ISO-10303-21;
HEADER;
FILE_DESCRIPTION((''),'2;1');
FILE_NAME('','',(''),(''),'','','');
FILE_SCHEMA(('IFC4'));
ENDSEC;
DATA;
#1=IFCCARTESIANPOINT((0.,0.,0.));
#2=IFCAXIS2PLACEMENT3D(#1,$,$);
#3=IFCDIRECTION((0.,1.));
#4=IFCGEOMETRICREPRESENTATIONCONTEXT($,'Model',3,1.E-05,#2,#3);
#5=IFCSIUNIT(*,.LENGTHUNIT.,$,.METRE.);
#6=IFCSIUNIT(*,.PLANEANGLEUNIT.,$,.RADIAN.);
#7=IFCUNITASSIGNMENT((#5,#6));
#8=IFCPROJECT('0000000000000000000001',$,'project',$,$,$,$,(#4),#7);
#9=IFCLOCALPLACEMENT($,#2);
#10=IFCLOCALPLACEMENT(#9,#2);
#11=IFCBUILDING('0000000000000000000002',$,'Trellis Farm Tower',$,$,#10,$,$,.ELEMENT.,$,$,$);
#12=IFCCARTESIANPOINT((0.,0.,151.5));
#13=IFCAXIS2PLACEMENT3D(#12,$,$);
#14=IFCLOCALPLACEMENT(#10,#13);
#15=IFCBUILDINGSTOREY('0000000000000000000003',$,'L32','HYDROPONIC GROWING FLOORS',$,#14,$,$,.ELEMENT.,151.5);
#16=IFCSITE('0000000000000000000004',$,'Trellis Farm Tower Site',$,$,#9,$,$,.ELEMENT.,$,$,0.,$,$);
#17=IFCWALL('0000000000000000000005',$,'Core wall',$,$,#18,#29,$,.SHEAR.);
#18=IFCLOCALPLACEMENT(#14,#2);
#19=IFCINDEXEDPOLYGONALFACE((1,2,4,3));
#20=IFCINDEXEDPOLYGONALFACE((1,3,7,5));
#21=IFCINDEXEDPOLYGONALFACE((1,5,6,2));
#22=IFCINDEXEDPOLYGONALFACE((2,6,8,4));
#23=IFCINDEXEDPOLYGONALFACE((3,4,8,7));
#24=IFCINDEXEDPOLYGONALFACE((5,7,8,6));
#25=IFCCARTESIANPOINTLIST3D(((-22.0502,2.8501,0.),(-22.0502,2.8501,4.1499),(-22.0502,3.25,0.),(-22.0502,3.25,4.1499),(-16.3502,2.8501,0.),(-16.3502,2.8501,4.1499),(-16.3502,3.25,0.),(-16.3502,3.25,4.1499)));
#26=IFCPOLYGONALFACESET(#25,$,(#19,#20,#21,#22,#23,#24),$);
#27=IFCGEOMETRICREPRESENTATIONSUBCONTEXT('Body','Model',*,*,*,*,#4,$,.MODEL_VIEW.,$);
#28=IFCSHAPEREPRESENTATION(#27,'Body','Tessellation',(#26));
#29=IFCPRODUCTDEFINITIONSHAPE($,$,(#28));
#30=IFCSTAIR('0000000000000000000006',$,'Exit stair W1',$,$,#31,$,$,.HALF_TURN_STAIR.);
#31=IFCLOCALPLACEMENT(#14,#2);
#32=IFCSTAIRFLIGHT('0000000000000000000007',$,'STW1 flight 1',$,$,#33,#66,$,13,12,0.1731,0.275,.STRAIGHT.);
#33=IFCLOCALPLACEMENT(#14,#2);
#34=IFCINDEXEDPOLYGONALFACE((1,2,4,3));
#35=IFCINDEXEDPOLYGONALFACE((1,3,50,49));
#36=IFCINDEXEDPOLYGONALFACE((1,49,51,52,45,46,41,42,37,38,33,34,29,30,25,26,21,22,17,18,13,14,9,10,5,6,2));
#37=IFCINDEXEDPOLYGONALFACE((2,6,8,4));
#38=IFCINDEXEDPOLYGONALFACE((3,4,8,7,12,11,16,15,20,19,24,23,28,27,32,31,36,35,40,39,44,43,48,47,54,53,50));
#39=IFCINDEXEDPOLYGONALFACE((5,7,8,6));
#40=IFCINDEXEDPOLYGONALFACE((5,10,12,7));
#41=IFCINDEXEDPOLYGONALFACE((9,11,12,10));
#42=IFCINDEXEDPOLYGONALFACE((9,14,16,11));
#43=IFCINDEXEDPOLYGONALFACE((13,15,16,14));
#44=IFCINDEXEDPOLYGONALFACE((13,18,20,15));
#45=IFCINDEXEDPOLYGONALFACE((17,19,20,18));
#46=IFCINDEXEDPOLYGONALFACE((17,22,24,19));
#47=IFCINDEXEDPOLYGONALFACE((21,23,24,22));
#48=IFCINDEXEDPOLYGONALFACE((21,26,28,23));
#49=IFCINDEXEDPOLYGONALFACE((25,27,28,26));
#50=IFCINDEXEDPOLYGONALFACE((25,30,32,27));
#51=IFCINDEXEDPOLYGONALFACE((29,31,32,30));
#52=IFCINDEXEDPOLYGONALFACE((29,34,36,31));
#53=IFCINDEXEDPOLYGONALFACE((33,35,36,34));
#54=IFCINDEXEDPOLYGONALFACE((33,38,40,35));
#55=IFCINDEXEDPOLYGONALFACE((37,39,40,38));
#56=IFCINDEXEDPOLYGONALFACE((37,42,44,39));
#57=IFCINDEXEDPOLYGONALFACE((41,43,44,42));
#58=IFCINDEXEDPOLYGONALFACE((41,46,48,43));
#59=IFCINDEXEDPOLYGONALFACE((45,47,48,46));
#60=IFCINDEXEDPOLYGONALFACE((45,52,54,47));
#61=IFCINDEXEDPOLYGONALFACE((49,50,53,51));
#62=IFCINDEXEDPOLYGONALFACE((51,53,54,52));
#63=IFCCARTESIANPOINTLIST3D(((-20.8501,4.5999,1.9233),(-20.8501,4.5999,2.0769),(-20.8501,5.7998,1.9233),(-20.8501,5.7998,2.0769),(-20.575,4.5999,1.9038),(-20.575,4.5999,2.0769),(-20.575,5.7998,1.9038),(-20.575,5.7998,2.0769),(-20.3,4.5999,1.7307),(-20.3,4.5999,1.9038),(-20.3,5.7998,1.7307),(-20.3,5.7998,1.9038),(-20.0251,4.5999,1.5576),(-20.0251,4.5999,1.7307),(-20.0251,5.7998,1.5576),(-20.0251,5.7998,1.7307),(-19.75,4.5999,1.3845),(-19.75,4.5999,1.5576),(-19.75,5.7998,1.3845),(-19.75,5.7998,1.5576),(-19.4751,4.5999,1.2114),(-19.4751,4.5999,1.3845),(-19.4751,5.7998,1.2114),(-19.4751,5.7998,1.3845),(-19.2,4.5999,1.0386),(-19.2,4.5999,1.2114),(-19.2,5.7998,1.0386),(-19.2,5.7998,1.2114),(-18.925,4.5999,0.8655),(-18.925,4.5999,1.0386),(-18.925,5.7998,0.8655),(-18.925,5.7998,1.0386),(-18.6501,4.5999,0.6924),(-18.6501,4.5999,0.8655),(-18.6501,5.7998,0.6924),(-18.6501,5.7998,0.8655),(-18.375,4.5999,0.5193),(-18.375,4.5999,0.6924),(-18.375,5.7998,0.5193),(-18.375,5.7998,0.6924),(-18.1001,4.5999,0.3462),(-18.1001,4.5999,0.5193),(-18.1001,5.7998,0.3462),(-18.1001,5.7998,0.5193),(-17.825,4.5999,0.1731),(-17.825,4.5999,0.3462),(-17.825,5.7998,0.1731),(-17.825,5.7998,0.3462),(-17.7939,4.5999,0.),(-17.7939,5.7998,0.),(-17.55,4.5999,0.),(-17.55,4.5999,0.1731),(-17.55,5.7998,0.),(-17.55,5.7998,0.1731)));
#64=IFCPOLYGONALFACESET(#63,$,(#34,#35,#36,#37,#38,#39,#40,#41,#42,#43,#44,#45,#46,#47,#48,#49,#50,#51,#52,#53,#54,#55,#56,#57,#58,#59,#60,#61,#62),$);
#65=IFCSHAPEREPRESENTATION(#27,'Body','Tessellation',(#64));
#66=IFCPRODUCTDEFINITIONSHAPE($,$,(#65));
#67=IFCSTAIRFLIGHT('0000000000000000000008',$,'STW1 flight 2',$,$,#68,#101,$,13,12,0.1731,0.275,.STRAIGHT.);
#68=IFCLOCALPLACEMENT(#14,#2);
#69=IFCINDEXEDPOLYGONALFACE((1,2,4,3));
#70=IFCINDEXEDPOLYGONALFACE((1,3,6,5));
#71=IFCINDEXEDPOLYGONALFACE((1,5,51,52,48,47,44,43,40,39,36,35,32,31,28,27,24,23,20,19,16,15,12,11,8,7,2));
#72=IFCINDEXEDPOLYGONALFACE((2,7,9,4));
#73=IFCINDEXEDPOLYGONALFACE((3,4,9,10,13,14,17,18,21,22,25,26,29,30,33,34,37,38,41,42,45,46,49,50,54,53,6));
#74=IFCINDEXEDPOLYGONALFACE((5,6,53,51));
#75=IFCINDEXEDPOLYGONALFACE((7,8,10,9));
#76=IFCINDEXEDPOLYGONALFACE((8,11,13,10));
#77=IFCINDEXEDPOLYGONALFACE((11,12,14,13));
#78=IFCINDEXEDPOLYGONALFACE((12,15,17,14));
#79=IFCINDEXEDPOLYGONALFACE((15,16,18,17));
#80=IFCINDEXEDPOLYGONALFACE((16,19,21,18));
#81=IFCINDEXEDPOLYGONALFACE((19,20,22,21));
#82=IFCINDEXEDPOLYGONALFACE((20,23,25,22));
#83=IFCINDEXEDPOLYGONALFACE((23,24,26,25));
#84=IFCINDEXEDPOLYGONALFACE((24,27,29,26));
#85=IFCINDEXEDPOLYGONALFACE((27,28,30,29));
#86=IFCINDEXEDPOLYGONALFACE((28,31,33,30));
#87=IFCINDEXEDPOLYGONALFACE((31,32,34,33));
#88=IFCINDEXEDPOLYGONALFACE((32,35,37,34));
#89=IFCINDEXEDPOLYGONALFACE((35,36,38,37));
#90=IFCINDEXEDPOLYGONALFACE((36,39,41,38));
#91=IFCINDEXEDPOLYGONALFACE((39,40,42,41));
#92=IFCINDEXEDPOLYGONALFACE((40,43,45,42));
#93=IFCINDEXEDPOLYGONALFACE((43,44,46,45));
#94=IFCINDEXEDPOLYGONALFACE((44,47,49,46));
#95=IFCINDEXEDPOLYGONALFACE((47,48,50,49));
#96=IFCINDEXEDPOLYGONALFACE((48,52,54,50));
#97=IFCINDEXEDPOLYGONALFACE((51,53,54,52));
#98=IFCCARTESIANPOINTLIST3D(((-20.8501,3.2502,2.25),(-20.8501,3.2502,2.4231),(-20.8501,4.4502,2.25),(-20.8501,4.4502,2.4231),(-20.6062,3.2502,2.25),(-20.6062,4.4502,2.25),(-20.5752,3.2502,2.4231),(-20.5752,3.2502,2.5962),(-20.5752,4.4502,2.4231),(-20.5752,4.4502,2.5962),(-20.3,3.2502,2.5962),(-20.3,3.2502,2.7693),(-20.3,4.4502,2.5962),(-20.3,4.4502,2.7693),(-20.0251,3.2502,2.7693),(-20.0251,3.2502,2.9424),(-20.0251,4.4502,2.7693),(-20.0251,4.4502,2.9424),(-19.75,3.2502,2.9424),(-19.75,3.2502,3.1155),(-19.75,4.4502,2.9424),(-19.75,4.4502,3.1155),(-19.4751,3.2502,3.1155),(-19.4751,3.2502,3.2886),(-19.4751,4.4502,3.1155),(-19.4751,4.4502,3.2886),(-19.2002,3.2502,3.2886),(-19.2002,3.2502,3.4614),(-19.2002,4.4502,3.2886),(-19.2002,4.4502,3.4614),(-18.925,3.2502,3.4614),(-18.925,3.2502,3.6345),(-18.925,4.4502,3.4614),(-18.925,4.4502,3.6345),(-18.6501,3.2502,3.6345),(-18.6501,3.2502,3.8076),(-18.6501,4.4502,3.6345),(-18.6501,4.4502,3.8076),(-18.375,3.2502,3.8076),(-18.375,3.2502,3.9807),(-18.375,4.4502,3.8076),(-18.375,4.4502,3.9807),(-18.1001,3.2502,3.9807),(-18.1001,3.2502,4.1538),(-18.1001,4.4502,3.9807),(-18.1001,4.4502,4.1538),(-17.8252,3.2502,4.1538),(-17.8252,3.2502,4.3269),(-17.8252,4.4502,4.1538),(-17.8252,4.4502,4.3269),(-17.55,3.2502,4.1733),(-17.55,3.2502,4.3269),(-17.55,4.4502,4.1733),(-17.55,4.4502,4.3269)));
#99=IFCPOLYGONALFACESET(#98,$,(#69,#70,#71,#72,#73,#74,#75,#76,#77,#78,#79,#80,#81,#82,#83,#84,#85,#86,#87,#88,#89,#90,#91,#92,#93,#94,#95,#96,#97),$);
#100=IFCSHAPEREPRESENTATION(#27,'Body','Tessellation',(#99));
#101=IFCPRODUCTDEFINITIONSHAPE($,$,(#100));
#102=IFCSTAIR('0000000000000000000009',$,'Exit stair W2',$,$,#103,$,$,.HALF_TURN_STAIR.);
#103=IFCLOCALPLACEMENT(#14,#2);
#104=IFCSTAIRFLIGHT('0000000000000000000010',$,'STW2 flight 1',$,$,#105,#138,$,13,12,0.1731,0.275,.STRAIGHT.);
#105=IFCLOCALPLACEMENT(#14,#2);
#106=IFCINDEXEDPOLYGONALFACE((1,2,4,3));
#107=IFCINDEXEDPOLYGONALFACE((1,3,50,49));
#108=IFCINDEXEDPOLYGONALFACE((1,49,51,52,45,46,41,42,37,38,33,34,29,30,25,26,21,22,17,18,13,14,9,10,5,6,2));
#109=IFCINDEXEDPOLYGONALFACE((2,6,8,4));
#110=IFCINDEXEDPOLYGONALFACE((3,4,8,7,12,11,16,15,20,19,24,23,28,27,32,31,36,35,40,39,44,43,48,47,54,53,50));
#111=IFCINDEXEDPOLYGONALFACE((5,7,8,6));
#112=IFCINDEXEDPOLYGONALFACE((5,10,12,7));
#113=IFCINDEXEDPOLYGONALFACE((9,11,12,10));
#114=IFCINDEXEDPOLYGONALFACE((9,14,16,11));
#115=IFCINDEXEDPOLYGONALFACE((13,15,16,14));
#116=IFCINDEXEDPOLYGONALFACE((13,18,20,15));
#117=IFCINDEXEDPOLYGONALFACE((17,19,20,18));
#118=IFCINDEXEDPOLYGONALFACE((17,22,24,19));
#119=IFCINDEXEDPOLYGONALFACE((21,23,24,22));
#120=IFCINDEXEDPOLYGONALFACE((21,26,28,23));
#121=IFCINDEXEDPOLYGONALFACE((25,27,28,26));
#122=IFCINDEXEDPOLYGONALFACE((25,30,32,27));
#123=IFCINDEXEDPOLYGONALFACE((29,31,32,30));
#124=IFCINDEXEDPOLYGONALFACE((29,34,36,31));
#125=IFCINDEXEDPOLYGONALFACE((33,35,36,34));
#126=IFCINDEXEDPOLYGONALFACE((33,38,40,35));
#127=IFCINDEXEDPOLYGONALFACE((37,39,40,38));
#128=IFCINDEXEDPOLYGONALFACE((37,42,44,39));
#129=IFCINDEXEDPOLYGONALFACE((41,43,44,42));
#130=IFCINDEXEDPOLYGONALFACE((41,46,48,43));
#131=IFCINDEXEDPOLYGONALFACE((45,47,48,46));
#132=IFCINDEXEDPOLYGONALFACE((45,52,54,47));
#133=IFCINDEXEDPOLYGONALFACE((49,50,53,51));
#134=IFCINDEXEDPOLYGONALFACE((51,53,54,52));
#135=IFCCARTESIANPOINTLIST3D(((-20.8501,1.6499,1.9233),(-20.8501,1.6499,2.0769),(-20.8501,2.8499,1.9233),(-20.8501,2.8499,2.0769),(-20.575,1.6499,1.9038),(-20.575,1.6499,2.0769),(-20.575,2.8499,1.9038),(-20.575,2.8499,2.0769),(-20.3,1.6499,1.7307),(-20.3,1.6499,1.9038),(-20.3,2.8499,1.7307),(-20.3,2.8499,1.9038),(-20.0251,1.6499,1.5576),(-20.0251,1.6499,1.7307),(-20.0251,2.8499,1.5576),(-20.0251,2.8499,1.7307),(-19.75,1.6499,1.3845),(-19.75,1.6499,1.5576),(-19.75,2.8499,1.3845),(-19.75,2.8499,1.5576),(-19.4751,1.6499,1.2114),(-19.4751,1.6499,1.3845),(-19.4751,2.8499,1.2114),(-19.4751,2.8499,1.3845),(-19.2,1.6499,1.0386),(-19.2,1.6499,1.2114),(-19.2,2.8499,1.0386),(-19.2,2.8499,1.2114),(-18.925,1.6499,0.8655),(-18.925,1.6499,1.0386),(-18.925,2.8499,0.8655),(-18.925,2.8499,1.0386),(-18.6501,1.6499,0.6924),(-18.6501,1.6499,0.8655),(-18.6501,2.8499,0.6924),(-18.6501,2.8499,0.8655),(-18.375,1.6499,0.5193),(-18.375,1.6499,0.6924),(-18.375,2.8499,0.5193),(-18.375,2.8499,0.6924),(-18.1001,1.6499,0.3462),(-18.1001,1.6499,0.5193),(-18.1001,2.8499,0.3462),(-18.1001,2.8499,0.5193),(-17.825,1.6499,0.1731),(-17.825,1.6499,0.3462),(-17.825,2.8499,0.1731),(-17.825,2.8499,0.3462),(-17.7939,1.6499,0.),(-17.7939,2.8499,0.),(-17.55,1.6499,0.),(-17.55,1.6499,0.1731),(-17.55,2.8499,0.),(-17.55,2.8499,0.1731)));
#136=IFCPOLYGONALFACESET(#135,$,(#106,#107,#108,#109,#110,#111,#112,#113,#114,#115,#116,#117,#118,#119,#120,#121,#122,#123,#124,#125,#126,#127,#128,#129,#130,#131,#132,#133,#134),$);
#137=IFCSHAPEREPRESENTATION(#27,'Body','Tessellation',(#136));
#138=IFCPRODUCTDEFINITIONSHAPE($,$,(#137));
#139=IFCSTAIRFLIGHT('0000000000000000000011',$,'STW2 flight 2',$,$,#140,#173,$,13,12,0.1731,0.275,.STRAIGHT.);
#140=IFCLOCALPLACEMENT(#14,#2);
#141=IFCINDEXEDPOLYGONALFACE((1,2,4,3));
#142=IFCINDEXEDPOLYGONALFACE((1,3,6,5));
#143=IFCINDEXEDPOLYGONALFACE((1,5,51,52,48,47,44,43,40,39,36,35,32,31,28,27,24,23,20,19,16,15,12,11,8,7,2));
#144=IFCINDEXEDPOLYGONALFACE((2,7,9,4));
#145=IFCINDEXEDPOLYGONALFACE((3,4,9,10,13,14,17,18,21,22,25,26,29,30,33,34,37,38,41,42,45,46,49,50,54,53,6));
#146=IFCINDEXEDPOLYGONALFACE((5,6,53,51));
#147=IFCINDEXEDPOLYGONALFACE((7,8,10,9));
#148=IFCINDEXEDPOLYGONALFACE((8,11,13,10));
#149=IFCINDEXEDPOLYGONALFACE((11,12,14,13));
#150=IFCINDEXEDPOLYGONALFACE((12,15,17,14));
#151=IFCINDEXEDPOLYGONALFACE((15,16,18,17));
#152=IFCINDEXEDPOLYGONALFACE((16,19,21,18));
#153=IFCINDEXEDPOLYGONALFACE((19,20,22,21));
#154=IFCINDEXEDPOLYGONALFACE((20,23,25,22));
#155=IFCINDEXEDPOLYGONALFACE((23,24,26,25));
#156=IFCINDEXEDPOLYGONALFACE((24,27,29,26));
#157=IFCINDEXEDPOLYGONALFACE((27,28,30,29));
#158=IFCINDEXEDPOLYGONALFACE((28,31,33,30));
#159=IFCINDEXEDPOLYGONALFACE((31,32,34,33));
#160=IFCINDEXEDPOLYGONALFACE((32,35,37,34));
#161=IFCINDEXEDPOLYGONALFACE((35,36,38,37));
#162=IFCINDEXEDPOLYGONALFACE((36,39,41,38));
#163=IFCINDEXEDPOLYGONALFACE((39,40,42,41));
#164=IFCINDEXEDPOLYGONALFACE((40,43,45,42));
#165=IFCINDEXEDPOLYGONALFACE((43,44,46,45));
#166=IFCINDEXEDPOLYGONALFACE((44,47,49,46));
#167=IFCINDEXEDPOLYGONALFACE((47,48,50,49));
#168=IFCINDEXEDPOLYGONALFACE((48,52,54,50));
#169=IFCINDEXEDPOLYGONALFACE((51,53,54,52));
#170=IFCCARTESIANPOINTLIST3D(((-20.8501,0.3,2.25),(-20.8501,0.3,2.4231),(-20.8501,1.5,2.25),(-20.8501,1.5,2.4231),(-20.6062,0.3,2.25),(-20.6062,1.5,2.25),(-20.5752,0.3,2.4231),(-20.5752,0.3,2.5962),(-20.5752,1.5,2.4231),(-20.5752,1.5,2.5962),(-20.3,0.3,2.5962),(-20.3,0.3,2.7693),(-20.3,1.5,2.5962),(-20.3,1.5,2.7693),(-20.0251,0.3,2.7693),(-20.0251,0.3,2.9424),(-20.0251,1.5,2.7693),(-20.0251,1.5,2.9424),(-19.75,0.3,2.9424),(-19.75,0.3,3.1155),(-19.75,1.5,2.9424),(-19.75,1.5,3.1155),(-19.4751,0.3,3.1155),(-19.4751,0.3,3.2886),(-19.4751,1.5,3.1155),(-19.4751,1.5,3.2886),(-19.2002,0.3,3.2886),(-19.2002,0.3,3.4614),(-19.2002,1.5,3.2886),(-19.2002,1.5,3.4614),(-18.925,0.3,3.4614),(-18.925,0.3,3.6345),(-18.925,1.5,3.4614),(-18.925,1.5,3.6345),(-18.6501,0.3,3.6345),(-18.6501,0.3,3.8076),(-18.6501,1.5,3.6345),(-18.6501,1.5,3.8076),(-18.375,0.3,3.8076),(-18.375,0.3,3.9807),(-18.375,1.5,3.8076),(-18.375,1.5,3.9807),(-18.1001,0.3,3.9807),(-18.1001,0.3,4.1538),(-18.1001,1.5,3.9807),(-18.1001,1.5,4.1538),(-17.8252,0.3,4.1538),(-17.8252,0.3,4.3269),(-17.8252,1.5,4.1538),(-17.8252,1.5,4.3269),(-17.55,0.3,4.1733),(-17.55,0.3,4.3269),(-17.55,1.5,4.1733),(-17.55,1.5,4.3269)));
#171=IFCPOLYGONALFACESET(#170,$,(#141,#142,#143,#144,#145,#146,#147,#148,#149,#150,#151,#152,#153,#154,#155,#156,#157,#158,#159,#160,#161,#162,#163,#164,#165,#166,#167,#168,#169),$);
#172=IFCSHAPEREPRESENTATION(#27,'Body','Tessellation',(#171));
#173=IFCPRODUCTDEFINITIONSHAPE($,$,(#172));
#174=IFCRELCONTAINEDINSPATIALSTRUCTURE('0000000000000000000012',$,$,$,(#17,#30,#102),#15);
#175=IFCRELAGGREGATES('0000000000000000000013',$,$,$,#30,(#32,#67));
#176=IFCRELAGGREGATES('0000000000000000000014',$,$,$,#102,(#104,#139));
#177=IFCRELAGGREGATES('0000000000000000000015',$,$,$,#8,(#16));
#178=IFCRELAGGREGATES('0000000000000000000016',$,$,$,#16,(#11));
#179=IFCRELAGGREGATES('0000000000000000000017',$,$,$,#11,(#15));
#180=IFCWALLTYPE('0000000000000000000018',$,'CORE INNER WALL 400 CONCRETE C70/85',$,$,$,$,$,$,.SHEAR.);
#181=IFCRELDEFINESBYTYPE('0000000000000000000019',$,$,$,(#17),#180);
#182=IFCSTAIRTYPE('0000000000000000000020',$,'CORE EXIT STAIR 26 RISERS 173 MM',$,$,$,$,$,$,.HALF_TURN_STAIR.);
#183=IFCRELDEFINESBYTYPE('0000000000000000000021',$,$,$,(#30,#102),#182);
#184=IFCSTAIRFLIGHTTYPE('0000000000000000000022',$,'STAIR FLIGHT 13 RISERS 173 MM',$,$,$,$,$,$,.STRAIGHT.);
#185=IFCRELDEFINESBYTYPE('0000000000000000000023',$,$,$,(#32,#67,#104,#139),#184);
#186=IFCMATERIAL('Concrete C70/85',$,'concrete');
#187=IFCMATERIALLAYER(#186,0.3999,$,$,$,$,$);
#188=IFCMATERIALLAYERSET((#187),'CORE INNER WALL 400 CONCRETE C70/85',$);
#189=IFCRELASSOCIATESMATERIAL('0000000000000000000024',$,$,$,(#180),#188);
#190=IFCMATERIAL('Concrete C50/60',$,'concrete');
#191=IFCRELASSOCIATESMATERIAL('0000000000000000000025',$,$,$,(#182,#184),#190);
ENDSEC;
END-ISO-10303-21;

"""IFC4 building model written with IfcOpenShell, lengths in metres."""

from ifc_helpers import new_model, si_unit, direction, frame, frame_2d, origin, place, context, subcontext, project, spatial, polyline, rectangle, outline, extrude, source, transform, mapped, material, layer, layer_set, type_object, element, aggregate, save


model = new_model("IFC4")

# Units and contexts
model_context = context("Model", 3, precision=1e-05, world=origin(), true_north=direction((0.0, 1.0)))
body_context = subcontext(model_context, "Body", "Model", "MODEL_VIEW")
ifc_project = project(units=[si_unit("LENGTHUNIT", "METRE"), si_unit("PLANEANGLEUNIT", "RADIAN")], contexts=[model_context])

# Site, building, storey
site_placement = place(None, origin())
site = spatial("IfcSite", under=ifc_project, at=site_placement, Name="Trellis Farm Tower Site", CompositionType="ELEMENT", RefElevation=0.0)
building_placement = place(site_placement, origin())
building = spatial("IfcBuilding", under=site, at=building_placement, Name="Trellis Farm Tower", CompositionType="ELEMENT")
storey_placement = place(building_placement, frame((0.0, 0.0, 151.5)))
storey = spatial("IfcBuildingStorey", under=building, at=storey_placement, Name="L32", Description="HYDROPONIC GROWING FLOORS", CompositionType="ELEMENT", Elevation=151.5)

# Shared definitions
placement = place(storey_placement, origin())

# Shared definitions
ifc_material_1 = material(Name="Concrete C70/85", Category="concrete")
ifc_layer_1 = layer(ifc_material_1, 0.3999)
ifc_layer_set_1 = layer_set([ifc_layer_1], Name="CORE INNER WALL 400 CONCRETE C70/85")
wall_type_1 = type_object("IfcWallType", Name="CORE INNER WALL 400 CONCRETE C70/85", PredefinedType="SHEAR", material=ifc_layer_set_1)

# Wall
shared_shape_1 = source(origin(), body_context, "Body", "SweptSolid", [
    extrude(rectangle(XDim=5.7, YDim=0.3999, at=frame_2d((2.8501, 0.0))), origin(), (0.0, 0.0, 1.0), 4.1499),
])
wall_1_placement = place(storey_placement, frame((-16.3501, 3.05, 0.0), z_axis=(0.0, 0.0, 1.0), x_axis=(-1.0, 0.0, 0.0)))
element("IfcWall", 1, at=wall_1_placement, inside=storey, type_object=wall_type_1, Name="Core wall", PredefinedType="SHEAR", context=body_context, shape_type="MappedRepresentation", body=[
    mapped(shared_shape_1, transform((0.0, 0.0, 0.0))),
])

# Stairs, stair flights
ifc_material_2 = material(Name="Concrete C50/60", Category="concrete")
stair_type = type_object("IfcStairType", Name="CORE EXIT STAIR 26 RISERS 173 MM", PredefinedType="HALF_TURN_STAIR", material=ifc_material_2)
stair_1 = element("IfcStair", 2, at=placement, inside=storey, type_object=stair_type, Name="Exit stair W1", PredefinedType="HALF_TURN_STAIR")
stair_flight_type = type_object("IfcStairFlightType", Name="STAIR FLIGHT 13 RISERS 173 MM", PredefinedType="STRAIGHT", material=ifc_material_2)
shared_shape_2 = source(origin(), body_context, "Body", "SweptSolid", [
    extrude(outline(polyline([(0.0, 0.0), (0.0, 0.1731), (0.2749, 0.1731), (0.2749, 0.3462), (0.55, 0.3462), (0.55, 0.5193), (0.825, 0.5193), (0.825, 0.6924), (1.1001, 0.6924), (1.1001, 0.8655), (1.375, 0.8655), (1.375, 1.0386), (1.6499, 1.0386), (1.6499, 1.2114), (1.925, 1.2114), (1.925, 1.3845), (2.2, 1.3845), (2.2, 1.5576), (2.4751, 1.5576), (2.4751, 1.7307), (2.75, 1.7307), (2.75, 1.9038), (3.0249, 1.9038), (3.0249, 2.0769), (3.3, 2.0769), (3.3, 2.25), (3.3, 1.9233), (0.2439, 0.0), (0.0, 0.0)])), frame((0.0, 0.6001, 0.0), z_axis=(0.0, -1.0, 0.0), x_axis=(1.0, 0.0, 0.0)), (0.0, 0.0, 1.0), 1.2),
])
stair_flight_1_placement = place(storey_placement, frame((-17.55, 5.2, 0.0), z_axis=(0.0, 0.0, 1.0), x_axis=(-1.0, 0.0, 0.0)))
stair_flight_1 = element("IfcStairFlight", 3, at=stair_flight_1_placement, type_object=stair_flight_type, Name="STW1 flight 1", NumberOfRisers=13, NumberOfTreads=12, PredefinedType="STRAIGHT", RiserHeight=0.1731, TreadLength=0.275, context=body_context, shape_type="MappedRepresentation", body=[
    mapped(shared_shape_2, transform((0.0, 0.0, 0.0))),
])
stair_flight_2_placement = place(storey_placement, frame((-20.8501, 3.8501, 2.25), z_axis=(0.0, 0.0, 1.0), x_axis=(1.0, 0.0, 0.0)))
stair_flight_2 = element("IfcStairFlight", 4, at=stair_flight_2_placement, type_object=stair_flight_type, Name="STW1 flight 2", NumberOfRisers=13, NumberOfTreads=12, PredefinedType="STRAIGHT", RiserHeight=0.1731, TreadLength=0.275, context=body_context, shape_type="MappedRepresentation", body=[
    mapped(shared_shape_2, transform((0.0, 0.0, 0.0))),
])
aggregate(stair_1, [stair_flight_1, stair_flight_2])
stair_2 = element("IfcStair", 5, at=placement, inside=storey, type_object=stair_type, Name="Exit stair W2", PredefinedType="HALF_TURN_STAIR")
stair_flight_3_placement = place(storey_placement, frame((-17.55, 2.25, 0.0), z_axis=(0.0, 0.0, 1.0), x_axis=(-1.0, 0.0, 0.0)))
stair_flight_3 = element("IfcStairFlight", 6, at=stair_flight_3_placement, type_object=stair_flight_type, Name="STW2 flight 1", NumberOfRisers=13, NumberOfTreads=12, PredefinedType="STRAIGHT", RiserHeight=0.1731, TreadLength=0.275, context=body_context, shape_type="MappedRepresentation", body=[
    mapped(shared_shape_2, transform((0.0, 0.0, 0.0))),
])
stair_flight_4_placement = place(storey_placement, frame((-20.8501, 0.8999, 2.25), z_axis=(0.0, 0.0, 1.0), x_axis=(1.0, 0.0, 0.0)))
stair_flight_4 = element("IfcStairFlight", 7, at=stair_flight_4_placement, type_object=stair_flight_type, Name="STW2 flight 2", NumberOfRisers=13, NumberOfTreads=12, PredefinedType="STRAIGHT", RiserHeight=0.1731, TreadLength=0.275, context=body_context, shape_type="MappedRepresentation", body=[
    mapped(shared_shape_2, transform((0.0, 0.0, 0.0))),
])
aggregate(stair_2, [stair_flight_3, stair_flight_4])

save(model, "model.ifc")
